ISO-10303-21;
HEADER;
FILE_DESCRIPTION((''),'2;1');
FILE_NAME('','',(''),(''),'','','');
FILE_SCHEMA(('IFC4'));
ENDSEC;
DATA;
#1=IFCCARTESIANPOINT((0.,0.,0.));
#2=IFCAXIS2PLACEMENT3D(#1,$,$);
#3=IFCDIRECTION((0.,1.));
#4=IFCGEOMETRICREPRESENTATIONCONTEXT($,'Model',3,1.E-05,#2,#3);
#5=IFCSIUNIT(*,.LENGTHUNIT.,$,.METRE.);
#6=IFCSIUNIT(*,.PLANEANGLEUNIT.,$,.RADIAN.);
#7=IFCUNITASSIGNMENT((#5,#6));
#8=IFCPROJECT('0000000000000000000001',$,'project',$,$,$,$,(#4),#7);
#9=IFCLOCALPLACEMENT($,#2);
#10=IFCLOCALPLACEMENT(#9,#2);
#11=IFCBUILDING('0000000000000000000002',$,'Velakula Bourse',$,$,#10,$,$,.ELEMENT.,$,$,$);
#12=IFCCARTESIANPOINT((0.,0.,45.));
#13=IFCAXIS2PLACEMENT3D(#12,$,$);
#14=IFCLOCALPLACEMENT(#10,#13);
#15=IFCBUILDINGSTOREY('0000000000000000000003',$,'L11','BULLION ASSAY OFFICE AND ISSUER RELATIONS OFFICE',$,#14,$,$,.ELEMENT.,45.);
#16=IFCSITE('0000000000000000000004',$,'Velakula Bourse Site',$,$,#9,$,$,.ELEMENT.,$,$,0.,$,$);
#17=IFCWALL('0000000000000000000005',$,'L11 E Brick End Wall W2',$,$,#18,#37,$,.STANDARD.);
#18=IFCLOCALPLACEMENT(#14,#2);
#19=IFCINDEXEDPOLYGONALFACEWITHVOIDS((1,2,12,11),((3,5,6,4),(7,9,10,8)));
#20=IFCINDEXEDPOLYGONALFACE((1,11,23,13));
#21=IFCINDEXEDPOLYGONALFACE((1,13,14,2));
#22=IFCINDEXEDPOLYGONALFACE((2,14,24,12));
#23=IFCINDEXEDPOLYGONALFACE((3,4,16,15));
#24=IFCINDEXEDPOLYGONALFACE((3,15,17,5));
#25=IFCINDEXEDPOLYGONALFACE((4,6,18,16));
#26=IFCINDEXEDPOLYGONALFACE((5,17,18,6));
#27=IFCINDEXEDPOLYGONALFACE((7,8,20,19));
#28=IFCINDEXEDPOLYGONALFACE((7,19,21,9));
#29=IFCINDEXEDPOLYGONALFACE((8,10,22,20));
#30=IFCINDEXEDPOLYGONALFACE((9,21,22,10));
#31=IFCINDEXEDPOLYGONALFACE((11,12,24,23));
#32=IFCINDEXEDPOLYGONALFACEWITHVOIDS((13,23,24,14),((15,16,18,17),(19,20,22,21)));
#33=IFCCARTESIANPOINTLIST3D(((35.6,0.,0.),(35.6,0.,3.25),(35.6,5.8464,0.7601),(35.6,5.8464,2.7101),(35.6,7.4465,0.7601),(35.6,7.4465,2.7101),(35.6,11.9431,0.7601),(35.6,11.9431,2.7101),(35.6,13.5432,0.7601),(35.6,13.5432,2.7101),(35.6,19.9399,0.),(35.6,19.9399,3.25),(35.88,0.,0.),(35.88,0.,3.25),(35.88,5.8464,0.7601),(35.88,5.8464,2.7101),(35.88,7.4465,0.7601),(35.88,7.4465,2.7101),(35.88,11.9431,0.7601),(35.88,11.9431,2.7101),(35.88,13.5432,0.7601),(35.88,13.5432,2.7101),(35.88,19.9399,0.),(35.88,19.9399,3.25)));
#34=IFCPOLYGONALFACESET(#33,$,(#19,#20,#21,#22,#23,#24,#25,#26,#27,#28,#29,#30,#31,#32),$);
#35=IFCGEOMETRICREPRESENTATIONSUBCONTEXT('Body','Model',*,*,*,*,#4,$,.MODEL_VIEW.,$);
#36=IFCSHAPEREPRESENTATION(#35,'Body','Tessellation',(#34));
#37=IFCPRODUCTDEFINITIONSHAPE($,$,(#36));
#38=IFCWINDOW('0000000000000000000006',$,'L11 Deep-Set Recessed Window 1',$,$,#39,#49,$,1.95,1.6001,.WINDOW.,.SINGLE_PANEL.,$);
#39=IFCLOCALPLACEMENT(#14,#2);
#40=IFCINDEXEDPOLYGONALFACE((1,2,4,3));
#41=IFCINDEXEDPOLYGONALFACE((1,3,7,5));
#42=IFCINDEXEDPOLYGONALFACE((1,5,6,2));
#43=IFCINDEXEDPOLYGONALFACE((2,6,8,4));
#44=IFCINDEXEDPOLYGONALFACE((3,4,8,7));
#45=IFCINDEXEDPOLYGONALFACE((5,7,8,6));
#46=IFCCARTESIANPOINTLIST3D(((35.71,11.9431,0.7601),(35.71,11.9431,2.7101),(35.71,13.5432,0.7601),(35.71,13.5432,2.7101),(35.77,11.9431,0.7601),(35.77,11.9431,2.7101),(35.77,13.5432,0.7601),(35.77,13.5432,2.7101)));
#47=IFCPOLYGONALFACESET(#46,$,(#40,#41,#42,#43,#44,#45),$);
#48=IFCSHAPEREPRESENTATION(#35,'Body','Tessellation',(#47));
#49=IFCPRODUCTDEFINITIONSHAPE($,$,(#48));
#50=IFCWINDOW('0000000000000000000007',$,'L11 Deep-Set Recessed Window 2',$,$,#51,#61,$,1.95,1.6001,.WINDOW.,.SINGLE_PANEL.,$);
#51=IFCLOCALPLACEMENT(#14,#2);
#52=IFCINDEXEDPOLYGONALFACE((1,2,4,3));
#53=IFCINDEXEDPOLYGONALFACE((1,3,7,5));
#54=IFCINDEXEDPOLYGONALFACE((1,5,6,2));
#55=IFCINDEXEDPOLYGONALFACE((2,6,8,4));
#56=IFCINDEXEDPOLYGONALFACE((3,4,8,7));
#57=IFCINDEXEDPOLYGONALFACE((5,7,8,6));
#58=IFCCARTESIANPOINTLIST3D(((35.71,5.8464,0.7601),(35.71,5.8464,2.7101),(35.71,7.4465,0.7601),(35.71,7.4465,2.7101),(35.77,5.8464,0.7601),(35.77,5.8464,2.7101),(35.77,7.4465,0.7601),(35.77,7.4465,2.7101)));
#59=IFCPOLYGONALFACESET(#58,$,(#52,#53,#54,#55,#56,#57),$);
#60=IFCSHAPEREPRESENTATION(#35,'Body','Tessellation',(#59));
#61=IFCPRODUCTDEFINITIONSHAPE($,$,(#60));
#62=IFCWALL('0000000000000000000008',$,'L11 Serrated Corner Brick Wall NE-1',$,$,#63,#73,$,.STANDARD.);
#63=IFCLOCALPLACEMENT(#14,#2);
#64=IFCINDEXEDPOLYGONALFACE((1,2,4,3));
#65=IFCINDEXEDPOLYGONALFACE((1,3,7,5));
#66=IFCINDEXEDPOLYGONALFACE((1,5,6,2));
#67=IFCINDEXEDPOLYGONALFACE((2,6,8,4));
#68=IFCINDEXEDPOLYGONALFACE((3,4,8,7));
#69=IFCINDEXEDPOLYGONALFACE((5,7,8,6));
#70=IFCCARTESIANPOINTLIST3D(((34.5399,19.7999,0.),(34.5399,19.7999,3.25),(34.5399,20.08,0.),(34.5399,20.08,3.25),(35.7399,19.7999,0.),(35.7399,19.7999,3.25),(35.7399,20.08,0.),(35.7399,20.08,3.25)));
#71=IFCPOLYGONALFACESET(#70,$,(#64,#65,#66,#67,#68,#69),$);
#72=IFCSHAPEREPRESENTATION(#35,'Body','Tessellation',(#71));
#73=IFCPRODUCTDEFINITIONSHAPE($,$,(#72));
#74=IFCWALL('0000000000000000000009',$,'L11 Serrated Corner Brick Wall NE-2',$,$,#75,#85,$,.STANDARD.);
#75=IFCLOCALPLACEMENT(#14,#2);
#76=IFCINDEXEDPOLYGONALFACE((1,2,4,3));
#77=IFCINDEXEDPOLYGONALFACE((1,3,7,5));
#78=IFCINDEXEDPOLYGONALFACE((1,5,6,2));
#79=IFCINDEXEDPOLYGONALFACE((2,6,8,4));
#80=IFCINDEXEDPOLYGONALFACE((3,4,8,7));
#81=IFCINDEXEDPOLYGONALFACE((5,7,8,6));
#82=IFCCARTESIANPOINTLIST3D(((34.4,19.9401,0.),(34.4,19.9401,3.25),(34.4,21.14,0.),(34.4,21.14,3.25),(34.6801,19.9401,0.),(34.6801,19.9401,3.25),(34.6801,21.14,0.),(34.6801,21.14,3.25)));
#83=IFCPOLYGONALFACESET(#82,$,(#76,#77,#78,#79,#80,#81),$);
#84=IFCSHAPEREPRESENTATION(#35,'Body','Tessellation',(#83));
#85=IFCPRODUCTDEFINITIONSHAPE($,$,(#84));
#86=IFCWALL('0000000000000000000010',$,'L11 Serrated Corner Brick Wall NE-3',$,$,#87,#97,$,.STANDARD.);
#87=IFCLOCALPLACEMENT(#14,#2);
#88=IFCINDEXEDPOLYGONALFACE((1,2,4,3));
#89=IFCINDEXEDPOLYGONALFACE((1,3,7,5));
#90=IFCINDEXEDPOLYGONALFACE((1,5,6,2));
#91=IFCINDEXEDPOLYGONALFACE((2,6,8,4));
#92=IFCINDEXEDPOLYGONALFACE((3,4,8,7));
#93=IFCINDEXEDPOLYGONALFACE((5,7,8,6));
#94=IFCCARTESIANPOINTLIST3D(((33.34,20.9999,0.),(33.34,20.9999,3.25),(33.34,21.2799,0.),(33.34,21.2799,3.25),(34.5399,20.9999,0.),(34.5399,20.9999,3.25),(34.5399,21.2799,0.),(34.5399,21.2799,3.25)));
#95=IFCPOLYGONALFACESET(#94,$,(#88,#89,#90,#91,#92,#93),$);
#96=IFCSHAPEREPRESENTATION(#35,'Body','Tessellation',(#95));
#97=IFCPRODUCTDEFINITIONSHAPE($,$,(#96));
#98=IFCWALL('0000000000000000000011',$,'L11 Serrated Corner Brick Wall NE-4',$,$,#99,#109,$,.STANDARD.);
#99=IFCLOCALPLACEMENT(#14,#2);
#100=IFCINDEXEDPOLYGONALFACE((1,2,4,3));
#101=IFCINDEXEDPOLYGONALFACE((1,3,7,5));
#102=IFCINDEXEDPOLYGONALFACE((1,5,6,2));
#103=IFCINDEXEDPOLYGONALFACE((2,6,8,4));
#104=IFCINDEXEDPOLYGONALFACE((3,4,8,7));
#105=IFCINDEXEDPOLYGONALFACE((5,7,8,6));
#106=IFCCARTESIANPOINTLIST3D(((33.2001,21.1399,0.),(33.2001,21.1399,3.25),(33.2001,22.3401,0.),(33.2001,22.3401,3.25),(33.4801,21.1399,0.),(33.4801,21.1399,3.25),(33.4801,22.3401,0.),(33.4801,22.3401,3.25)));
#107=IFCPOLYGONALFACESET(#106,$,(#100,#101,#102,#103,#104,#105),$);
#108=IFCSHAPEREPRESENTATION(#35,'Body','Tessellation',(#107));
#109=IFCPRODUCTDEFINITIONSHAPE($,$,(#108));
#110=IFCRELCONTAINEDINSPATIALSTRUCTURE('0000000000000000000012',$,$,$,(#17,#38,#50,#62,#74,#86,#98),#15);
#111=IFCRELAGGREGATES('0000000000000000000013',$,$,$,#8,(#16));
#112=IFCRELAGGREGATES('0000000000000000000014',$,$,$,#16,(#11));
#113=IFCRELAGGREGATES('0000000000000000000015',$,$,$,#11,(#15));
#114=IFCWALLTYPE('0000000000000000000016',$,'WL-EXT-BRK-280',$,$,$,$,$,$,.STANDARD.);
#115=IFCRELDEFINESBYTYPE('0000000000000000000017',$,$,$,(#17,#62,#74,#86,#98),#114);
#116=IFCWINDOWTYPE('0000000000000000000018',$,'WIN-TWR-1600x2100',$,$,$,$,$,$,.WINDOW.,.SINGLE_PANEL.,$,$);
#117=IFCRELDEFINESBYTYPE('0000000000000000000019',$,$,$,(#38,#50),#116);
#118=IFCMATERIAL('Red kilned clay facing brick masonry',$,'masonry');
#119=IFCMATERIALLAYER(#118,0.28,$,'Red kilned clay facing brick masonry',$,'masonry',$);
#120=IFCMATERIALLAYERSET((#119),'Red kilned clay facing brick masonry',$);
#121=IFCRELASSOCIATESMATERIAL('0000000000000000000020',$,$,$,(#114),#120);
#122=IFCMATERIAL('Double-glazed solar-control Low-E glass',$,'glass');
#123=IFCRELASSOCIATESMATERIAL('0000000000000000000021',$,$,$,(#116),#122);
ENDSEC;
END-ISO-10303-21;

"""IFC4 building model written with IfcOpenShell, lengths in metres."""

from ifc_helpers import new_model, si_unit, direction, frame, frame_2d, origin, place, context, subcontext, project, spatial, rectangle, extrude, material, layer, layer_set, type_object, element, fill, save


model = new_model("IFC4")

# Units and contexts
model_context = context("Model", 3, precision=1e-05, world=origin(), true_north=direction((0.0, 1.0)))
body_context = subcontext(model_context, "Body", "Model", "MODEL_VIEW")
ifc_project = project(units=[si_unit("LENGTHUNIT", "METRE"), si_unit("PLANEANGLEUNIT", "RADIAN")], contexts=[model_context])

# Site, building, storey
site_placement = place(None, origin())
site = spatial("IfcSite", under=ifc_project, at=site_placement, Name="Velakula Bourse Site", CompositionType="ELEMENT", RefElevation=0.0)
building_placement = place(site_placement, origin())
building = spatial("IfcBuilding", under=site, at=building_placement, Name="Velakula Bourse", CompositionType="ELEMENT")
storey_placement = place(building_placement, frame((0.0, 0.0, 45.0)))
storey = spatial("IfcBuildingStorey", under=building, at=storey_placement, Name="L11", Description="BULLION ASSAY OFFICE AND ISSUER RELATIONS OFFICE", CompositionType="ELEMENT", Elevation=45.0)

# Wall, openings, windows
ifc_material_1 = material(Name="Red kilned clay facing brick masonry", Category="masonry")
ifc_layer = layer(ifc_material_1, 0.28, Name="Red kilned clay facing brick masonry", Category="masonry")
ifc_layer_set = layer_set([ifc_layer], Name="Red kilned clay facing brick masonry")
wall_type = type_object("IfcWallType", Name="WL-EXT-BRK-280", PredefinedType="STANDARD", material=ifc_layer_set)
wall_1_placement = place(storey_placement, frame((35.74, 19.9399, 0.0), z_axis=(0.0, 0.0, 1.0), x_axis=(0.0, -1.0, 0.0)))
wall_1 = element("IfcWall", 1, at=wall_1_placement, inside=storey, type_object=wall_type, Name="L11 E Brick End Wall W2", PredefinedType="STANDARD", context=body_context, shape_type="SweptSolid", body=[
    extrude(rectangle(XDim=19.9399, YDim=0.28, at=frame_2d((9.97, 0.0))), origin(), (0.0, 0.0, 1.0), 3.25),
])
opening_1_placement = place(wall_1_placement, frame((6.3967, 0.0, 0.76)))
opening_1 = element("IfcOpeningElement", 2, at=opening_1_placement, cuts=wall_1, PredefinedType="OPENING", context=body_context, shape_type="SweptSolid", body=[
    extrude(rectangle(XDim=1.6001, YDim=1.95, at=frame_2d((0.8, 0.9751))), frame((0.0, 0.1499, 0.0), z_axis=(0.0, -1.0, 0.0), x_axis=(1.0, 0.0, 0.0)), (0.0, 0.0, 1.0), 0.3),
])
opening_2_placement = place(wall_1_placement, frame((12.4934, 0.0, 0.76)))
opening_2 = element("IfcOpeningElement", 3, at=opening_2_placement, cuts=wall_1, PredefinedType="OPENING", context=body_context, shape_type="SweptSolid", body=[
    extrude(rectangle(XDim=1.6001, YDim=1.95, at=frame_2d((0.8, 0.9751))), frame((0.0, 0.1499, 0.0), z_axis=(0.0, -1.0, 0.0), x_axis=(1.0, 0.0, 0.0)), (0.0, 0.0, 1.0), 0.3),
])
ifc_material_2 = material(Name="Double-glazed solar-control Low-E glass", Category="glass")
window_type = type_object("IfcWindowType", Name="WIN-TWR-1600x2100", PartitioningType="SINGLE_PANEL", PredefinedType="WINDOW", material=ifc_material_2)
window_1_placement = place(opening_1_placement, origin())
window_1 = element("IfcWindow", 4, at=window_1_placement, inside=storey, type_object=window_type, Name="L11 Deep-Set Recessed Window 1", OverallHeight=1.95, OverallWidth=1.6001, PartitioningType="SINGLE_PANEL", PredefinedType="WINDOW", context=body_context, shape_type="SweptSolid", body=[
    extrude(rectangle(XDim=1.6001, YDim=1.95, at=frame_2d((0.8, 0.9751))), frame((0.0, 0.03, 0.0), z_axis=(0.0, -1.0, 0.0), x_axis=(1.0, 0.0, 0.0)), (0.0, 0.0, 1.0), 0.0601),
])
fill(opening_1, window_1)
window_2_placement = place(opening_2_placement, origin())
window_2 = element("IfcWindow", 5, at=window_2_placement, inside=storey, type_object=window_type, Name="L11 Deep-Set Recessed Window 2", OverallHeight=1.95, OverallWidth=1.6001, PartitioningType="SINGLE_PANEL", PredefinedType="WINDOW", context=body_context, shape_type="SweptSolid", body=[
    extrude(rectangle(XDim=1.6001, YDim=1.95, at=frame_2d((0.8, 0.9751))), frame((0.0, 0.03, 0.0), z_axis=(0.0, -1.0, 0.0), x_axis=(1.0, 0.0, 0.0)), (0.0, 0.0, 1.0), 0.0601),
])
fill(opening_2, window_2)

# Walls
for number, where, z_axis, x_axis, name in (
    (6, (35.74, 19.9399, 0.0), (0.0, 0.0, 1.0), (-1.0, 0.0, 0.0), "L11 Serrated Corner Brick Wall NE-1"),
    (7, (34.54, 19.9399, 0.0), (0.0, 0.0, 1.0), (0.0, 1.0, 0.0), "L11 Serrated Corner Brick Wall NE-2"),
    (8, (34.54, 21.1399, 0.0), (0.0, 0.0, 1.0), (-1.0, 0.0, 0.0), "L11 Serrated Corner Brick Wall NE-3"),
):
    element("IfcWall", number, at=place(storey_placement, frame(where, z_axis=z_axis, x_axis=x_axis)), inside=storey, type_object=wall_type, Name=name, PredefinedType="STANDARD", context=body_context, shape_type="SweptSolid", body=[
        extrude(rectangle(XDim=1.2, YDim=0.28, at=frame_2d((0.6001, 0.0))), origin(), (0.0, 0.0, 1.0), 3.25),
    ])
wall_2_placement = place(storey_placement, frame((33.3401, 21.1399, 0.0), z_axis=(0.0, 0.0, 1.0), x_axis=(0.0, 1.0, 0.0)))
element("IfcWall", 9, at=wall_2_placement, inside=storey, type_object=wall_type, Name="L11 Serrated Corner Brick Wall NE-4", PredefinedType="STANDARD", context=body_context, shape_type="SweptSolid", body=[
    extrude(rectangle(XDim=1.2002, YDim=0.28, at=frame_2d((0.6001, 0.0))), origin(), (0.0, 0.0, 1.0), 3.25),
])

save(model, "model.ifc")
